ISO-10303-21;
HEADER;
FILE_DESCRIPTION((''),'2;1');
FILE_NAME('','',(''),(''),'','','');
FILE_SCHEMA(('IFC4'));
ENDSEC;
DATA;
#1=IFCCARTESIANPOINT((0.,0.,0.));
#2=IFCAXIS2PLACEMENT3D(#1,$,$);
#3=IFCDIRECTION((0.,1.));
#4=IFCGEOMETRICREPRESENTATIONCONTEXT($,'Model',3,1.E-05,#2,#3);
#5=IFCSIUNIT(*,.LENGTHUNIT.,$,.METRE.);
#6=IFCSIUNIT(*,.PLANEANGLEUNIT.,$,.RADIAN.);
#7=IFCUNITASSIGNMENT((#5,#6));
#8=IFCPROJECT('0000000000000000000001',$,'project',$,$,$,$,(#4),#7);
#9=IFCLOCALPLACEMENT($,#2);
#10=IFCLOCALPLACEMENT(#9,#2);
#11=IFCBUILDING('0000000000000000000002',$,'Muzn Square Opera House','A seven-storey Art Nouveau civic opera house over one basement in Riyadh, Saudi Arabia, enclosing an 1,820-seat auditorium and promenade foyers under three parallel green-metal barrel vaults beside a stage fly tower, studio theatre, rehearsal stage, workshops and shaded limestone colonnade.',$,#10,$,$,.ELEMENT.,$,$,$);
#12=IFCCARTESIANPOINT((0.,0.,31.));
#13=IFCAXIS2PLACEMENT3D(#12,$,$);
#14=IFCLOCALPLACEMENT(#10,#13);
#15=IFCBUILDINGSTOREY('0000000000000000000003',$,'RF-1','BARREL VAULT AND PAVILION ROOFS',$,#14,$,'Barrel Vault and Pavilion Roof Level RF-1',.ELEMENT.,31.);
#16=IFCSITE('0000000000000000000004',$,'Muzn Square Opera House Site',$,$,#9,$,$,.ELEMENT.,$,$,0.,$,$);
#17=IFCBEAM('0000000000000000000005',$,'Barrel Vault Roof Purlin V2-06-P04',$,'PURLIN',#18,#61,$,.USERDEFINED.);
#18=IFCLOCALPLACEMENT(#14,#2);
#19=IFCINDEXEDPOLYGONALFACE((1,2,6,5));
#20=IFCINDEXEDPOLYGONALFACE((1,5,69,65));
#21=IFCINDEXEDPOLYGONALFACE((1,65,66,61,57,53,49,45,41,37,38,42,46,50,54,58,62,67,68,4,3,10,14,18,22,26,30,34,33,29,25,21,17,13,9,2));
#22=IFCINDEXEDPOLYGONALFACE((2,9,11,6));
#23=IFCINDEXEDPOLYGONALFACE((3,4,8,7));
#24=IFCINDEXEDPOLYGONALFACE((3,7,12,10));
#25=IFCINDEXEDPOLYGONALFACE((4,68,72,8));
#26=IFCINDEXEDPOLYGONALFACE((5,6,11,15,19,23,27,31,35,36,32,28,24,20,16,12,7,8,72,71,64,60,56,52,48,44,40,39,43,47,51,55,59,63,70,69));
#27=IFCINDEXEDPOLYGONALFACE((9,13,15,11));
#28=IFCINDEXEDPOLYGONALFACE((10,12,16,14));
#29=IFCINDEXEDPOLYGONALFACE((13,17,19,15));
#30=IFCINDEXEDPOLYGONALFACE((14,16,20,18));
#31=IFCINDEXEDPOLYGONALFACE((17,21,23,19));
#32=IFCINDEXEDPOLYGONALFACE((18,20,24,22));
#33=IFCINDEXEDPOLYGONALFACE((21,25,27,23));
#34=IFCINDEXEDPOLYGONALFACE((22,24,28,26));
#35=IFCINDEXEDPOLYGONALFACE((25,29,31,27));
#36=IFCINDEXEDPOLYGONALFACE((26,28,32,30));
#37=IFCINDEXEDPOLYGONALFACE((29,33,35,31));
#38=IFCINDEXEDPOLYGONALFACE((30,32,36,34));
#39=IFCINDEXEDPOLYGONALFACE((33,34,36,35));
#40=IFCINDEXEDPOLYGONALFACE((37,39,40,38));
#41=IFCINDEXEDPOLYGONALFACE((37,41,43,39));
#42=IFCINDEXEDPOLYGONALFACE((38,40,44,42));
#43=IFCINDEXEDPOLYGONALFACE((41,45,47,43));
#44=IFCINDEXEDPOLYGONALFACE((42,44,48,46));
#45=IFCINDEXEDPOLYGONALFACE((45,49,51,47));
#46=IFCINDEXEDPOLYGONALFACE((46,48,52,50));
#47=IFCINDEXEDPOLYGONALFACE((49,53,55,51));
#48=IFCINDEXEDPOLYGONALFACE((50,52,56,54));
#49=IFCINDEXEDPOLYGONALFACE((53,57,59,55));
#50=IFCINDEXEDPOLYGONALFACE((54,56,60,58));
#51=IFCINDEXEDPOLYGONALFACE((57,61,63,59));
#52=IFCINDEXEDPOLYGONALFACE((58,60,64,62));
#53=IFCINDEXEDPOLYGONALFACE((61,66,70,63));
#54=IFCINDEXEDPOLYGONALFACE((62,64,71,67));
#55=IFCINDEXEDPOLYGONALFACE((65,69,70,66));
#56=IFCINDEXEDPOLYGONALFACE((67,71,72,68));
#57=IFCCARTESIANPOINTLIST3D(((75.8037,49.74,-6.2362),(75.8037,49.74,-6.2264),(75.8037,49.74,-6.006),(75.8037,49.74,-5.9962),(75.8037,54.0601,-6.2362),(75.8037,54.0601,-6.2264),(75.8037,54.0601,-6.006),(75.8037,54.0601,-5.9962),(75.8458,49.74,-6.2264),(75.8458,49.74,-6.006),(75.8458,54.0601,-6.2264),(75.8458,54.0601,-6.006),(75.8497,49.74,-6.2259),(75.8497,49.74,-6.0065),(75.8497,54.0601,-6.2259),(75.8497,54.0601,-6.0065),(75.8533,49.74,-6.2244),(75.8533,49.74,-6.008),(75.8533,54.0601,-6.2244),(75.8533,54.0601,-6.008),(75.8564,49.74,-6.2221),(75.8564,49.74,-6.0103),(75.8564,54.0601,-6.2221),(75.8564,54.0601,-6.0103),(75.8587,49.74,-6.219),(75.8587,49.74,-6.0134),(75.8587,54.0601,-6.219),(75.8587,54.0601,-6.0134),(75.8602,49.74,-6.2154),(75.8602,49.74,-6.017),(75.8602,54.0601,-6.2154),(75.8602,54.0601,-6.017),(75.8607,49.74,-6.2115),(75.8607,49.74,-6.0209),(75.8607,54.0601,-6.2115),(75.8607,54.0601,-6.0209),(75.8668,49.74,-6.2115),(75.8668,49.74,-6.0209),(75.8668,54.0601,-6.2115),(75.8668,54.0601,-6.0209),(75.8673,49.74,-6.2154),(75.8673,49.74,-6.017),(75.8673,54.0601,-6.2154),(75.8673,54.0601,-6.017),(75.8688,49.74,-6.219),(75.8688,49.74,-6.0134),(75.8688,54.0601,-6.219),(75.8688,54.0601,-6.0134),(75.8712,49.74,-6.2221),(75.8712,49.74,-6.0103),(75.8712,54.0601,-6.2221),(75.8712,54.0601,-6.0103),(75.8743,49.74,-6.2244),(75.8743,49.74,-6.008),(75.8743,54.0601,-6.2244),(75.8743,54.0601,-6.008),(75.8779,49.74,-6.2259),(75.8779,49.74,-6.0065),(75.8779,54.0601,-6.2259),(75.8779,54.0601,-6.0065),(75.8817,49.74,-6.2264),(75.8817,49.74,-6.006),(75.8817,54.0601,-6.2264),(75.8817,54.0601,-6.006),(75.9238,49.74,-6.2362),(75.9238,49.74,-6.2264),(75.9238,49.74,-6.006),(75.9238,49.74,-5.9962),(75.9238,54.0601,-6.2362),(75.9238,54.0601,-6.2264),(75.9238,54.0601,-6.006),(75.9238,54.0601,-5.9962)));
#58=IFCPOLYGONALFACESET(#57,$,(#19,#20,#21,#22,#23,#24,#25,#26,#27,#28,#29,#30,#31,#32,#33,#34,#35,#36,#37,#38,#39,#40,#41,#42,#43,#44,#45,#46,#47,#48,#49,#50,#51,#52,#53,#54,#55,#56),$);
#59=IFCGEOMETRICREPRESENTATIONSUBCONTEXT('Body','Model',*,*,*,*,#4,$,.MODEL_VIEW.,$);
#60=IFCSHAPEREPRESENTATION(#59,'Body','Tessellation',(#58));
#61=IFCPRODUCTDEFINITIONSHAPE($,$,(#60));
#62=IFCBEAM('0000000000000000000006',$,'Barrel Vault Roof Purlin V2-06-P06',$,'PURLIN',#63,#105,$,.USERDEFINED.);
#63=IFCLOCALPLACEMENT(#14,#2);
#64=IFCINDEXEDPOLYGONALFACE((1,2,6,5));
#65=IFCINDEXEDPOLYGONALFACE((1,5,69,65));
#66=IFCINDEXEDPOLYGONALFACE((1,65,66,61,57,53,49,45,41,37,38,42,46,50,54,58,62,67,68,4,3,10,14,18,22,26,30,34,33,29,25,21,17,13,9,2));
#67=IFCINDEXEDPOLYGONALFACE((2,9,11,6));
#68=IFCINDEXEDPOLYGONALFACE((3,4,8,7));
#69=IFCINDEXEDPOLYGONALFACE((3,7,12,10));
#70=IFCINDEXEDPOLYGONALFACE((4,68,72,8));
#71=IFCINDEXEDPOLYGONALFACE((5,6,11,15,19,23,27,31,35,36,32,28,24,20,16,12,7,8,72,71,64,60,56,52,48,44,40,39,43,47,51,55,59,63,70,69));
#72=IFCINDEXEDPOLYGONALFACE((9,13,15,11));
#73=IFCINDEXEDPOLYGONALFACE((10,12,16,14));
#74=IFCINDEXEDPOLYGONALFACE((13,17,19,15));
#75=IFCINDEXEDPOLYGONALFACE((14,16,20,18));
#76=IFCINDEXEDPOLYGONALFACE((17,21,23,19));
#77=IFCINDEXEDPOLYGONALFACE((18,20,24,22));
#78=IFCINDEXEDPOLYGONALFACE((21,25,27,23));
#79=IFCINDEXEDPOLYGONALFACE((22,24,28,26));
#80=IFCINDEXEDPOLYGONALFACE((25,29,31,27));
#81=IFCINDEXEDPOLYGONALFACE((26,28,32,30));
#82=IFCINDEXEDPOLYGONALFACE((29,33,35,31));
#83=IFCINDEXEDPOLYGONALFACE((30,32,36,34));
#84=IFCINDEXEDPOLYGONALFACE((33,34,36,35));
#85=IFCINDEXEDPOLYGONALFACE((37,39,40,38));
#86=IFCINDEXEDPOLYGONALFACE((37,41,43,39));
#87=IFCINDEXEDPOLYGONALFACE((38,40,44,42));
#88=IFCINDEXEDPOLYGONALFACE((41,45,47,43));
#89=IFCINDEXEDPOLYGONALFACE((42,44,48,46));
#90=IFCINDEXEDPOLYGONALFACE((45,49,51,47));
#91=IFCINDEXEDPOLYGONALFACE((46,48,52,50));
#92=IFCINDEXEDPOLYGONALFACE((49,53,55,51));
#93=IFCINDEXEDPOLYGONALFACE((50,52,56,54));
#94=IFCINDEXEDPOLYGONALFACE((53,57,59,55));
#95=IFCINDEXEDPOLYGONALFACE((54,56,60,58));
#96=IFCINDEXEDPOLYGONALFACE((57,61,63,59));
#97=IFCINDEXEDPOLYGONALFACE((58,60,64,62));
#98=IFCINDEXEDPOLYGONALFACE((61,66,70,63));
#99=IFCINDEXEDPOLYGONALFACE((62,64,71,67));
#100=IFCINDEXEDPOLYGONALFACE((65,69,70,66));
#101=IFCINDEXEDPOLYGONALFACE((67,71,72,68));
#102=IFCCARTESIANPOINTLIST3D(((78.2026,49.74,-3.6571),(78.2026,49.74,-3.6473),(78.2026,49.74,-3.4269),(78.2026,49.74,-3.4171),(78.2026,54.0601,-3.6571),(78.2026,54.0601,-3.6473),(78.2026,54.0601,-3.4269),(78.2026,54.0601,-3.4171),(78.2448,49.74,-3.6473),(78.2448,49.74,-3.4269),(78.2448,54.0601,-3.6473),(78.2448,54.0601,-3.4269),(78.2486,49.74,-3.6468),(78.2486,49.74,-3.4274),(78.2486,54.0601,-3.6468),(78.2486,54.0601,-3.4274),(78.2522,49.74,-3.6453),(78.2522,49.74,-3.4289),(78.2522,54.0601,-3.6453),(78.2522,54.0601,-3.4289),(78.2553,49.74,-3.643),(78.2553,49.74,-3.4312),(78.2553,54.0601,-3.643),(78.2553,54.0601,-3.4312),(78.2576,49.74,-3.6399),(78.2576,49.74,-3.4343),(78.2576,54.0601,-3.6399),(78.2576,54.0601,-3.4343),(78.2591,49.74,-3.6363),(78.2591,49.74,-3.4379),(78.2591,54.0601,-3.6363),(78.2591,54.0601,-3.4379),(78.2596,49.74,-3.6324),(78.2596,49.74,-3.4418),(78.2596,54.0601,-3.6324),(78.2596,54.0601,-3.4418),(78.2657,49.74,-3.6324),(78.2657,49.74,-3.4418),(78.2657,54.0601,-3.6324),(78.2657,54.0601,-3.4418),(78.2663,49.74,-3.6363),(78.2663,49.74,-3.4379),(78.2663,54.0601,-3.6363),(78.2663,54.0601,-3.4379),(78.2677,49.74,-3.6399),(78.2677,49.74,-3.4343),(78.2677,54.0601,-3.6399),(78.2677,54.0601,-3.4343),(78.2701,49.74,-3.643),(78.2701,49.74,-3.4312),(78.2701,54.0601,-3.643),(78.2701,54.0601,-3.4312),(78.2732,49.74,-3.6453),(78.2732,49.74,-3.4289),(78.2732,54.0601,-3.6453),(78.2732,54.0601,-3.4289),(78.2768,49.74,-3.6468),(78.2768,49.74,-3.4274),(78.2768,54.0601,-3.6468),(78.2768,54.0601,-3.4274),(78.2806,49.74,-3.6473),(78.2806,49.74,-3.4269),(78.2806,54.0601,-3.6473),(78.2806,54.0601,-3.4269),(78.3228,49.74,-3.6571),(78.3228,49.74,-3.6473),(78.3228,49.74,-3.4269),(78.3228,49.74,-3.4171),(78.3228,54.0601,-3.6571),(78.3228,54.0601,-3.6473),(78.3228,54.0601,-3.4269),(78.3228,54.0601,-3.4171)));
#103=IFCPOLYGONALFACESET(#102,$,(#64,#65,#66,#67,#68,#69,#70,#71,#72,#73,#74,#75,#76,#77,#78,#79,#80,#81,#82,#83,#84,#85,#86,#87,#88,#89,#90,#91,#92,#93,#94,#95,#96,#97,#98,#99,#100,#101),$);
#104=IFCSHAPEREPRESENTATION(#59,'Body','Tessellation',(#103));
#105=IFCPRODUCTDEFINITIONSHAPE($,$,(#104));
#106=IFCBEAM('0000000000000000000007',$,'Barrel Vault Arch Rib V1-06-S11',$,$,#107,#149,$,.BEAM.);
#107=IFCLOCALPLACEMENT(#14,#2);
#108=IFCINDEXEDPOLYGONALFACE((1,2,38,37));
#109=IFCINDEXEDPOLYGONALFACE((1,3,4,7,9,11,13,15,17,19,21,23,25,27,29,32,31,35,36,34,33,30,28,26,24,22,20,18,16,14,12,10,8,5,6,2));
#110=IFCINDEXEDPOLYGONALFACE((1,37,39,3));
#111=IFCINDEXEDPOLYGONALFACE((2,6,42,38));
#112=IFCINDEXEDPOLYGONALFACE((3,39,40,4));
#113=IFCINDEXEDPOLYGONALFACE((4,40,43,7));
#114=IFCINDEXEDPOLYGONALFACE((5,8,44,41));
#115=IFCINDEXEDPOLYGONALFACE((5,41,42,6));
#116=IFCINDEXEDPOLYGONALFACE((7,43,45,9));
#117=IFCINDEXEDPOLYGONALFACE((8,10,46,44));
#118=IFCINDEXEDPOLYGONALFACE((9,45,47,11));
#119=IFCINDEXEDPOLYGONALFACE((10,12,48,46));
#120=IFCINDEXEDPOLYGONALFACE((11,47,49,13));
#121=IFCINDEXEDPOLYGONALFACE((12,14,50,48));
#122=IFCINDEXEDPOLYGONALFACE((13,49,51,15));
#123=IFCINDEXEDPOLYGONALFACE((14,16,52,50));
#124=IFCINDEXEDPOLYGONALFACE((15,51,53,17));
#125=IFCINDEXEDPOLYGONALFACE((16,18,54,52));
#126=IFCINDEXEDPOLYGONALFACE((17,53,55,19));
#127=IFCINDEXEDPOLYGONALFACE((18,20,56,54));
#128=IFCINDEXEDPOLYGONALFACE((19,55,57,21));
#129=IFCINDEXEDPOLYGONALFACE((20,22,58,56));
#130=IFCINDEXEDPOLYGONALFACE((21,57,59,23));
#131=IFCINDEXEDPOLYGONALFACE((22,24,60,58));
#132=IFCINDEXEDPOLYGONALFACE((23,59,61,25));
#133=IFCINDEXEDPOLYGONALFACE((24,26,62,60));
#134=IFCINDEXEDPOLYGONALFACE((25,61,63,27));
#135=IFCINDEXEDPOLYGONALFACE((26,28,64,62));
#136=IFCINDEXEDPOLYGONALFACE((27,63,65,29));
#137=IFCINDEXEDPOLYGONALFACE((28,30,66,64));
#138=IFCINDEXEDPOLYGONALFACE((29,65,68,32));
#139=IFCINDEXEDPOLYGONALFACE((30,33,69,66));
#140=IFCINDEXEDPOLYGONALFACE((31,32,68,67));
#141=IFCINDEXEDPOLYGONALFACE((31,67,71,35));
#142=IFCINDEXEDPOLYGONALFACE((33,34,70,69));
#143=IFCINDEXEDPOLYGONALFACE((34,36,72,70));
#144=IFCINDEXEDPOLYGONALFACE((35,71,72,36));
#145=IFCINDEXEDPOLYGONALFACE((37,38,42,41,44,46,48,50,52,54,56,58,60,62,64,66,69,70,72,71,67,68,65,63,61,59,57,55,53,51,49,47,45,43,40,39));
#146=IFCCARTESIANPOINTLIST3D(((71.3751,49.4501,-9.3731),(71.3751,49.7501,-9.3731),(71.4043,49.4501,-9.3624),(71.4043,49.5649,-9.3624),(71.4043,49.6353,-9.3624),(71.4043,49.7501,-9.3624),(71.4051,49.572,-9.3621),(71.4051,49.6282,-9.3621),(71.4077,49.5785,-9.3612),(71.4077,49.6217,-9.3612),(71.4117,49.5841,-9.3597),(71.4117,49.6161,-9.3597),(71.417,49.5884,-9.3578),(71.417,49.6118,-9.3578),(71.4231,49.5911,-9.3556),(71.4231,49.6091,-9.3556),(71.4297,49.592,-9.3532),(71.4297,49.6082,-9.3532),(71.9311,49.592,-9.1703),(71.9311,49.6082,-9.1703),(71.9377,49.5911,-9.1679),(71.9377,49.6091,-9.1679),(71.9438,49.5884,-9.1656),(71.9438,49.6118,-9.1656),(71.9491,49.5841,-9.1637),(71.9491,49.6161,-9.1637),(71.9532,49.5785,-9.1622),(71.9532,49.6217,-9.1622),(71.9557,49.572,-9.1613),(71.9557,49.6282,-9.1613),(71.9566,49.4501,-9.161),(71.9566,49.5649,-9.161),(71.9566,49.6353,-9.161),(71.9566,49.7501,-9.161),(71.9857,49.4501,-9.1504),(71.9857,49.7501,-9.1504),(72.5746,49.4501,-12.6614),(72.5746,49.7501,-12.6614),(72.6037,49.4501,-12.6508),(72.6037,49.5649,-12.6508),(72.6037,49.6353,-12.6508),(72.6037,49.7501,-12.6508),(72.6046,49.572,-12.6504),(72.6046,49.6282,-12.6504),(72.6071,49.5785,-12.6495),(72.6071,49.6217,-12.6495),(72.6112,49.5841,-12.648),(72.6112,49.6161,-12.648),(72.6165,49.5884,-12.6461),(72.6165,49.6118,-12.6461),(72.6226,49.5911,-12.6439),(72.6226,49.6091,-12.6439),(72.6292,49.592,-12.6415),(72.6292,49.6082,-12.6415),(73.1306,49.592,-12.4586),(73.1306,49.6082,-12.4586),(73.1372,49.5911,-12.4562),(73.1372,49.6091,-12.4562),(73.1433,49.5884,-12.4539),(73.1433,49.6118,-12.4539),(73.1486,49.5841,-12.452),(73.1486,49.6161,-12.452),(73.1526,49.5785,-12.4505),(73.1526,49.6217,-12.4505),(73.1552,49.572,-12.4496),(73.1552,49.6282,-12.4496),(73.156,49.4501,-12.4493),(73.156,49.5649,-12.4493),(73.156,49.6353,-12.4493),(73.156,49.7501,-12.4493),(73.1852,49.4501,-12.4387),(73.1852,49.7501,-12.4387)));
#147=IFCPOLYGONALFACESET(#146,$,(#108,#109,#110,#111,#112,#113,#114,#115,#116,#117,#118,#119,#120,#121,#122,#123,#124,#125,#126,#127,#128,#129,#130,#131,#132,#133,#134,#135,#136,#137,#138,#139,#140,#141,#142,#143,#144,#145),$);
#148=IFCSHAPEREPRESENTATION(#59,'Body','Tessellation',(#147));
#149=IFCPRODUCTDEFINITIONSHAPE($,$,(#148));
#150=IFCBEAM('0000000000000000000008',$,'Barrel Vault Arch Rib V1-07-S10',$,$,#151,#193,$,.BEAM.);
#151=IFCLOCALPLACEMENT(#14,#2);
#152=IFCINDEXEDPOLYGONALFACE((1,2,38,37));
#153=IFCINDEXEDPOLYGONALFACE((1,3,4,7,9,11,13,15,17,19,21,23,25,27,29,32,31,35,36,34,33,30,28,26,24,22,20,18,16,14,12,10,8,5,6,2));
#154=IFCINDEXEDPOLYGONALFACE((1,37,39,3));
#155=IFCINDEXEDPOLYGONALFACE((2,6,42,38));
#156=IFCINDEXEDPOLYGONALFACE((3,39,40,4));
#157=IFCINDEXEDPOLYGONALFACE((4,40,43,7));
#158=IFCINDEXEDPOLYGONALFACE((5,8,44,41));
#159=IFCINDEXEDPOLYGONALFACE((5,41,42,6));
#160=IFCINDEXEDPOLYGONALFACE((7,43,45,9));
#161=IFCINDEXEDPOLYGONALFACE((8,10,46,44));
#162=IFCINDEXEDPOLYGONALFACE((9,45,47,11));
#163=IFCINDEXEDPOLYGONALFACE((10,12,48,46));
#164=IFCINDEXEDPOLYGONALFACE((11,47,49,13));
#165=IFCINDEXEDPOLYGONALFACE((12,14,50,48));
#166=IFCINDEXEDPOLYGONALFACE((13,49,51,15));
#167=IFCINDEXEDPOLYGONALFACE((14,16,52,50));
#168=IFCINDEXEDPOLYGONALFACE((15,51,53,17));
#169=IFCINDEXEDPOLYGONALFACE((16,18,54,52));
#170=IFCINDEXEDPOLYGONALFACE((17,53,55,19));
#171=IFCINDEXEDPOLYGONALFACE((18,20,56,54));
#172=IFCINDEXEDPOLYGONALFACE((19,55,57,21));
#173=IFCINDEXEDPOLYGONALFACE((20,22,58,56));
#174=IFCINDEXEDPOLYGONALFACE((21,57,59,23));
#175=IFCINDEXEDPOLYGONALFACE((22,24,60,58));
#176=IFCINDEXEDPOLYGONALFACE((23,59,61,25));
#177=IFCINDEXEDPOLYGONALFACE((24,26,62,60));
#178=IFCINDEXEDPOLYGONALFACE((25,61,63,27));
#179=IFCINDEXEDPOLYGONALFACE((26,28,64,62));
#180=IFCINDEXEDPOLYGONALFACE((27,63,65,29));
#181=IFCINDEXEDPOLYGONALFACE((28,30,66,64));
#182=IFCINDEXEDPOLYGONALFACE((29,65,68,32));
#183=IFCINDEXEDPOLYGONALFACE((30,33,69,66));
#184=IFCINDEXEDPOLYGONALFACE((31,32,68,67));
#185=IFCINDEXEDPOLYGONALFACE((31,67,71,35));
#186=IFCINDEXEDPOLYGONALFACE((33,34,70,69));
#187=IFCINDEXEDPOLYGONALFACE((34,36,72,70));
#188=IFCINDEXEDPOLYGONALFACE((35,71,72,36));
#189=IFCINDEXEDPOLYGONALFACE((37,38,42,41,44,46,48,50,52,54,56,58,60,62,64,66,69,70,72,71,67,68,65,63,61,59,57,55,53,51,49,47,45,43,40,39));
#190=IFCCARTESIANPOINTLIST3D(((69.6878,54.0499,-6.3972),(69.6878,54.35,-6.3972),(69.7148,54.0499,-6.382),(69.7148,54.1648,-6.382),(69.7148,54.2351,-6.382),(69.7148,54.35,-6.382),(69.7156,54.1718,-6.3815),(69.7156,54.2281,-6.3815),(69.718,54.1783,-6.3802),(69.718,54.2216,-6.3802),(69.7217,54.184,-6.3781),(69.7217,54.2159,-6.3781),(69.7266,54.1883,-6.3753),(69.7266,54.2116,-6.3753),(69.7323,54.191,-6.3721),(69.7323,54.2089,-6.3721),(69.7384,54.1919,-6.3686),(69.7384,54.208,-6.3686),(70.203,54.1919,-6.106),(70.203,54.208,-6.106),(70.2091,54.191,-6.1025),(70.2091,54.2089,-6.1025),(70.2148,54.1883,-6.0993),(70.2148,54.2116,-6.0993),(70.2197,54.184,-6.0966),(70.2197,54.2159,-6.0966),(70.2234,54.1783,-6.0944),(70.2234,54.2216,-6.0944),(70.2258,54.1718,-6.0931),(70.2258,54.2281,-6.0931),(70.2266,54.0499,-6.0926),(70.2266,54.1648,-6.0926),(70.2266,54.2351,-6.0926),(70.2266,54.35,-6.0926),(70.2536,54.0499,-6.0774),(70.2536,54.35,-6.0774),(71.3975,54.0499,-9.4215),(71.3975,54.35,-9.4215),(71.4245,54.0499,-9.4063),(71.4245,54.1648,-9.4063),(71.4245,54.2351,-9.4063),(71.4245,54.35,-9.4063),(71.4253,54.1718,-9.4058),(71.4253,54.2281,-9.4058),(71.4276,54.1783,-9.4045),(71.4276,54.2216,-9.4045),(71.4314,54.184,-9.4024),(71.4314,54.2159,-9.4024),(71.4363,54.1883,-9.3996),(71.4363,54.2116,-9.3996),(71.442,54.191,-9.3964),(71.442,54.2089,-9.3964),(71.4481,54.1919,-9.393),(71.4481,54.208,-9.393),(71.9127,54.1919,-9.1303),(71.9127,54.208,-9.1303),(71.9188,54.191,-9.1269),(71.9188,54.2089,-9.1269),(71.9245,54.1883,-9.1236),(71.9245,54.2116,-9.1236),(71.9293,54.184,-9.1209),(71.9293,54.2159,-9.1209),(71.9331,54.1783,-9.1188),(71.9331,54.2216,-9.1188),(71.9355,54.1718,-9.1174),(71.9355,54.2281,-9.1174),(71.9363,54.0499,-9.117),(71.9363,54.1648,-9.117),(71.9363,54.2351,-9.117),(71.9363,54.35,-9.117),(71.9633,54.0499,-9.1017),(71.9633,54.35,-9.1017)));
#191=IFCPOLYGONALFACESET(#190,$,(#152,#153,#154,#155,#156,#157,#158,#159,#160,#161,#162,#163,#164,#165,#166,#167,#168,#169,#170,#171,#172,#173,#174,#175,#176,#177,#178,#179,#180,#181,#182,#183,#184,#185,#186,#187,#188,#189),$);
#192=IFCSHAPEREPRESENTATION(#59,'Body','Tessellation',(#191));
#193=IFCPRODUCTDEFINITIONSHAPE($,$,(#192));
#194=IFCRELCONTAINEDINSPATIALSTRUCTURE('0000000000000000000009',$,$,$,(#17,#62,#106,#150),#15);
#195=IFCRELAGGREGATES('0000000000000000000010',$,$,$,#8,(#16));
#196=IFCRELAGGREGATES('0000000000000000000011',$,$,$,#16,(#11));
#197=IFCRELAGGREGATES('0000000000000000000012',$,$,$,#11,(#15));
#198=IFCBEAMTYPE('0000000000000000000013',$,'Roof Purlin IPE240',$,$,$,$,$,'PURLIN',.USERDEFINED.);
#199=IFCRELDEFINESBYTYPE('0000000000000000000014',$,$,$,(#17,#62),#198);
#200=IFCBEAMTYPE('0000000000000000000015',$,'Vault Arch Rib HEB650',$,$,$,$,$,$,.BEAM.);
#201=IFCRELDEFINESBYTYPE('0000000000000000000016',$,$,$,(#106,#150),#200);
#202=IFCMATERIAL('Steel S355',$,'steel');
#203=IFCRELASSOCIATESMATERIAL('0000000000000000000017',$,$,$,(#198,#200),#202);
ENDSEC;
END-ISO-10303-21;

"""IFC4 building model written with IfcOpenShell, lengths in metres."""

from ifc_helpers import new_model, si_unit, direction, frame, origin, origin_2d, place, context, subcontext, project, spatial, i_section, extrude, material, material_profile, profile_set, type_object, element, save


model = new_model("IFC4")

# Units and contexts
model_context = context("Model", 3, precision=1e-05, world=origin(), true_north=direction((0.0, 1.0)))
body_context = subcontext(model_context, "Body", "Model", "MODEL_VIEW")
ifc_project = project(units=[si_unit("LENGTHUNIT", "METRE"), si_unit("PLANEANGLEUNIT", "RADIAN")], contexts=[model_context])

# Site, building, storey
site_placement = place(None, origin())
site = spatial("IfcSite", under=ifc_project, at=site_placement, Name="Muzn Square Opera House Site", CompositionType="ELEMENT", RefElevation=0.0)
building_placement = place(site_placement, origin())
building = spatial("IfcBuilding", under=site, at=building_placement, Name="Muzn Square Opera House", Description="A seven-storey Art Nouveau civic opera house over one basement in Riyadh, Saudi Arabia, enclosing an 1,820-seat auditorium and promenade foyers under three parallel green-metal barrel vaults beside a stage fly tower, studio theatre, rehearsal stage, workshops and shaded limestone colonnade.", CompositionType="ELEMENT")
storey_placement = place(building_placement, frame((0.0, 0.0, 31.0)))
storey = spatial("IfcBuildingStorey", under=building, at=storey_placement, Name="RF-1", Description="BARREL VAULT AND PAVILION ROOFS", LongName="Barrel Vault and Pavilion Roof Level RF-1", CompositionType="ELEMENT", Elevation=31.0)

# Beams
ifc_material_1 = material(Name="Steel S355", Category="steel")
ifc_material_profile_1 = material_profile(ifc_material_1, i_section(OverallWidth=0.1201, OverallDepth=0.24, WebThickness=0.0061, FlangeThickness=0.0098, FilletRadius=0.0149, at=origin_2d()), Name="IPE 240", Category="steel")
ifc_profile_set_1 = profile_set([ifc_material_profile_1], Name="Steel S355")
beam_type_1 = type_object("IfcBeamType", Name="Roof Purlin IPE240", ElementType="PURLIN", PredefinedType="USERDEFINED", material=ifc_profile_set_1)
for number, where, z_axis, x_axis, name in (
    (1, (75.8638, 49.74, -6.1162), (0.0, 1.0, 0.0), (-1.0, 0.0, 0.0), "Barrel Vault Roof Purlin V2-06-P04"),
    (2, (78.2627, 49.74, -3.5371), (0.0, 1.0, 0.0), (-1.0, 0.0, 0.0), "Barrel Vault Roof Purlin V2-06-P06"),
):
    element("IfcBeam", number, at=place(storey_placement, frame(where, z_axis=z_axis, x_axis=x_axis)), inside=storey, type_object=beam_type_1, Name=name, ObjectType="PURLIN", PredefinedType="USERDEFINED", context=body_context, shape_type="SweptSolid", body=[
        extrude(i_section(OverallWidth=0.1201, OverallDepth=0.24, WebThickness=0.0061, FlangeThickness=0.0098, FilletRadius=0.0149, at=origin_2d()), origin(), (0.0, 0.0, 1.0), 4.3201),
    ])
ifc_material_profile_2 = material_profile(ifc_material_1, i_section(OverallWidth=0.3, OverallDepth=0.6499, WebThickness=0.0161, FlangeThickness=0.031, FilletRadius=0.0271, at=origin_2d()), Name="HEB 650", Category="steel")
ifc_profile_set_2 = profile_set([ifc_material_profile_2], Name="Steel S355")
beam_type_2 = type_object("IfcBeamType", Name="Vault Arch Rib HEB650", PredefinedType="BEAM", material=ifc_profile_set_2)
beam_1_placement = place(storey_placement, frame((71.6804, 49.6001, -9.2617), z_axis=(0.342678, 0.0, -0.939453), x_axis=(0.0, 1.0, 0.0)))
element("IfcBeam", 3, at=beam_1_placement, inside=storey, type_object=beam_type_2, Name="Barrel Vault Arch Rib V1-06-S11", PredefinedType="BEAM", context=body_context, shape_type="SweptSolid", body=[
    extrude(i_section(OverallWidth=0.3, OverallDepth=0.6499, WebThickness=0.0161, FlangeThickness=0.031, FilletRadius=0.0271, at=origin_2d()), origin(), (0.0, 0.0, 1.0), 3.5002),
])
beam_2_placement = place(storey_placement, frame((69.9707, 54.2, -6.2373), z_axis=(0.492115, 0.0, -0.87053), x_axis=(0.0, 1.0, 0.0)))
element("IfcBeam", 4, at=beam_2_placement, inside=storey, type_object=beam_type_2, Name="Barrel Vault Arch Rib V1-07-S10", PredefinedType="BEAM", context=body_context, shape_type="SweptSolid", body=[
    extrude(i_section(OverallWidth=0.3, OverallDepth=0.6499, WebThickness=0.0161, FlangeThickness=0.031, FilletRadius=0.0271, at=origin_2d()), origin(), (0.0, 0.0, 1.0), 3.4741),
])

save(model, "model.ifc")
